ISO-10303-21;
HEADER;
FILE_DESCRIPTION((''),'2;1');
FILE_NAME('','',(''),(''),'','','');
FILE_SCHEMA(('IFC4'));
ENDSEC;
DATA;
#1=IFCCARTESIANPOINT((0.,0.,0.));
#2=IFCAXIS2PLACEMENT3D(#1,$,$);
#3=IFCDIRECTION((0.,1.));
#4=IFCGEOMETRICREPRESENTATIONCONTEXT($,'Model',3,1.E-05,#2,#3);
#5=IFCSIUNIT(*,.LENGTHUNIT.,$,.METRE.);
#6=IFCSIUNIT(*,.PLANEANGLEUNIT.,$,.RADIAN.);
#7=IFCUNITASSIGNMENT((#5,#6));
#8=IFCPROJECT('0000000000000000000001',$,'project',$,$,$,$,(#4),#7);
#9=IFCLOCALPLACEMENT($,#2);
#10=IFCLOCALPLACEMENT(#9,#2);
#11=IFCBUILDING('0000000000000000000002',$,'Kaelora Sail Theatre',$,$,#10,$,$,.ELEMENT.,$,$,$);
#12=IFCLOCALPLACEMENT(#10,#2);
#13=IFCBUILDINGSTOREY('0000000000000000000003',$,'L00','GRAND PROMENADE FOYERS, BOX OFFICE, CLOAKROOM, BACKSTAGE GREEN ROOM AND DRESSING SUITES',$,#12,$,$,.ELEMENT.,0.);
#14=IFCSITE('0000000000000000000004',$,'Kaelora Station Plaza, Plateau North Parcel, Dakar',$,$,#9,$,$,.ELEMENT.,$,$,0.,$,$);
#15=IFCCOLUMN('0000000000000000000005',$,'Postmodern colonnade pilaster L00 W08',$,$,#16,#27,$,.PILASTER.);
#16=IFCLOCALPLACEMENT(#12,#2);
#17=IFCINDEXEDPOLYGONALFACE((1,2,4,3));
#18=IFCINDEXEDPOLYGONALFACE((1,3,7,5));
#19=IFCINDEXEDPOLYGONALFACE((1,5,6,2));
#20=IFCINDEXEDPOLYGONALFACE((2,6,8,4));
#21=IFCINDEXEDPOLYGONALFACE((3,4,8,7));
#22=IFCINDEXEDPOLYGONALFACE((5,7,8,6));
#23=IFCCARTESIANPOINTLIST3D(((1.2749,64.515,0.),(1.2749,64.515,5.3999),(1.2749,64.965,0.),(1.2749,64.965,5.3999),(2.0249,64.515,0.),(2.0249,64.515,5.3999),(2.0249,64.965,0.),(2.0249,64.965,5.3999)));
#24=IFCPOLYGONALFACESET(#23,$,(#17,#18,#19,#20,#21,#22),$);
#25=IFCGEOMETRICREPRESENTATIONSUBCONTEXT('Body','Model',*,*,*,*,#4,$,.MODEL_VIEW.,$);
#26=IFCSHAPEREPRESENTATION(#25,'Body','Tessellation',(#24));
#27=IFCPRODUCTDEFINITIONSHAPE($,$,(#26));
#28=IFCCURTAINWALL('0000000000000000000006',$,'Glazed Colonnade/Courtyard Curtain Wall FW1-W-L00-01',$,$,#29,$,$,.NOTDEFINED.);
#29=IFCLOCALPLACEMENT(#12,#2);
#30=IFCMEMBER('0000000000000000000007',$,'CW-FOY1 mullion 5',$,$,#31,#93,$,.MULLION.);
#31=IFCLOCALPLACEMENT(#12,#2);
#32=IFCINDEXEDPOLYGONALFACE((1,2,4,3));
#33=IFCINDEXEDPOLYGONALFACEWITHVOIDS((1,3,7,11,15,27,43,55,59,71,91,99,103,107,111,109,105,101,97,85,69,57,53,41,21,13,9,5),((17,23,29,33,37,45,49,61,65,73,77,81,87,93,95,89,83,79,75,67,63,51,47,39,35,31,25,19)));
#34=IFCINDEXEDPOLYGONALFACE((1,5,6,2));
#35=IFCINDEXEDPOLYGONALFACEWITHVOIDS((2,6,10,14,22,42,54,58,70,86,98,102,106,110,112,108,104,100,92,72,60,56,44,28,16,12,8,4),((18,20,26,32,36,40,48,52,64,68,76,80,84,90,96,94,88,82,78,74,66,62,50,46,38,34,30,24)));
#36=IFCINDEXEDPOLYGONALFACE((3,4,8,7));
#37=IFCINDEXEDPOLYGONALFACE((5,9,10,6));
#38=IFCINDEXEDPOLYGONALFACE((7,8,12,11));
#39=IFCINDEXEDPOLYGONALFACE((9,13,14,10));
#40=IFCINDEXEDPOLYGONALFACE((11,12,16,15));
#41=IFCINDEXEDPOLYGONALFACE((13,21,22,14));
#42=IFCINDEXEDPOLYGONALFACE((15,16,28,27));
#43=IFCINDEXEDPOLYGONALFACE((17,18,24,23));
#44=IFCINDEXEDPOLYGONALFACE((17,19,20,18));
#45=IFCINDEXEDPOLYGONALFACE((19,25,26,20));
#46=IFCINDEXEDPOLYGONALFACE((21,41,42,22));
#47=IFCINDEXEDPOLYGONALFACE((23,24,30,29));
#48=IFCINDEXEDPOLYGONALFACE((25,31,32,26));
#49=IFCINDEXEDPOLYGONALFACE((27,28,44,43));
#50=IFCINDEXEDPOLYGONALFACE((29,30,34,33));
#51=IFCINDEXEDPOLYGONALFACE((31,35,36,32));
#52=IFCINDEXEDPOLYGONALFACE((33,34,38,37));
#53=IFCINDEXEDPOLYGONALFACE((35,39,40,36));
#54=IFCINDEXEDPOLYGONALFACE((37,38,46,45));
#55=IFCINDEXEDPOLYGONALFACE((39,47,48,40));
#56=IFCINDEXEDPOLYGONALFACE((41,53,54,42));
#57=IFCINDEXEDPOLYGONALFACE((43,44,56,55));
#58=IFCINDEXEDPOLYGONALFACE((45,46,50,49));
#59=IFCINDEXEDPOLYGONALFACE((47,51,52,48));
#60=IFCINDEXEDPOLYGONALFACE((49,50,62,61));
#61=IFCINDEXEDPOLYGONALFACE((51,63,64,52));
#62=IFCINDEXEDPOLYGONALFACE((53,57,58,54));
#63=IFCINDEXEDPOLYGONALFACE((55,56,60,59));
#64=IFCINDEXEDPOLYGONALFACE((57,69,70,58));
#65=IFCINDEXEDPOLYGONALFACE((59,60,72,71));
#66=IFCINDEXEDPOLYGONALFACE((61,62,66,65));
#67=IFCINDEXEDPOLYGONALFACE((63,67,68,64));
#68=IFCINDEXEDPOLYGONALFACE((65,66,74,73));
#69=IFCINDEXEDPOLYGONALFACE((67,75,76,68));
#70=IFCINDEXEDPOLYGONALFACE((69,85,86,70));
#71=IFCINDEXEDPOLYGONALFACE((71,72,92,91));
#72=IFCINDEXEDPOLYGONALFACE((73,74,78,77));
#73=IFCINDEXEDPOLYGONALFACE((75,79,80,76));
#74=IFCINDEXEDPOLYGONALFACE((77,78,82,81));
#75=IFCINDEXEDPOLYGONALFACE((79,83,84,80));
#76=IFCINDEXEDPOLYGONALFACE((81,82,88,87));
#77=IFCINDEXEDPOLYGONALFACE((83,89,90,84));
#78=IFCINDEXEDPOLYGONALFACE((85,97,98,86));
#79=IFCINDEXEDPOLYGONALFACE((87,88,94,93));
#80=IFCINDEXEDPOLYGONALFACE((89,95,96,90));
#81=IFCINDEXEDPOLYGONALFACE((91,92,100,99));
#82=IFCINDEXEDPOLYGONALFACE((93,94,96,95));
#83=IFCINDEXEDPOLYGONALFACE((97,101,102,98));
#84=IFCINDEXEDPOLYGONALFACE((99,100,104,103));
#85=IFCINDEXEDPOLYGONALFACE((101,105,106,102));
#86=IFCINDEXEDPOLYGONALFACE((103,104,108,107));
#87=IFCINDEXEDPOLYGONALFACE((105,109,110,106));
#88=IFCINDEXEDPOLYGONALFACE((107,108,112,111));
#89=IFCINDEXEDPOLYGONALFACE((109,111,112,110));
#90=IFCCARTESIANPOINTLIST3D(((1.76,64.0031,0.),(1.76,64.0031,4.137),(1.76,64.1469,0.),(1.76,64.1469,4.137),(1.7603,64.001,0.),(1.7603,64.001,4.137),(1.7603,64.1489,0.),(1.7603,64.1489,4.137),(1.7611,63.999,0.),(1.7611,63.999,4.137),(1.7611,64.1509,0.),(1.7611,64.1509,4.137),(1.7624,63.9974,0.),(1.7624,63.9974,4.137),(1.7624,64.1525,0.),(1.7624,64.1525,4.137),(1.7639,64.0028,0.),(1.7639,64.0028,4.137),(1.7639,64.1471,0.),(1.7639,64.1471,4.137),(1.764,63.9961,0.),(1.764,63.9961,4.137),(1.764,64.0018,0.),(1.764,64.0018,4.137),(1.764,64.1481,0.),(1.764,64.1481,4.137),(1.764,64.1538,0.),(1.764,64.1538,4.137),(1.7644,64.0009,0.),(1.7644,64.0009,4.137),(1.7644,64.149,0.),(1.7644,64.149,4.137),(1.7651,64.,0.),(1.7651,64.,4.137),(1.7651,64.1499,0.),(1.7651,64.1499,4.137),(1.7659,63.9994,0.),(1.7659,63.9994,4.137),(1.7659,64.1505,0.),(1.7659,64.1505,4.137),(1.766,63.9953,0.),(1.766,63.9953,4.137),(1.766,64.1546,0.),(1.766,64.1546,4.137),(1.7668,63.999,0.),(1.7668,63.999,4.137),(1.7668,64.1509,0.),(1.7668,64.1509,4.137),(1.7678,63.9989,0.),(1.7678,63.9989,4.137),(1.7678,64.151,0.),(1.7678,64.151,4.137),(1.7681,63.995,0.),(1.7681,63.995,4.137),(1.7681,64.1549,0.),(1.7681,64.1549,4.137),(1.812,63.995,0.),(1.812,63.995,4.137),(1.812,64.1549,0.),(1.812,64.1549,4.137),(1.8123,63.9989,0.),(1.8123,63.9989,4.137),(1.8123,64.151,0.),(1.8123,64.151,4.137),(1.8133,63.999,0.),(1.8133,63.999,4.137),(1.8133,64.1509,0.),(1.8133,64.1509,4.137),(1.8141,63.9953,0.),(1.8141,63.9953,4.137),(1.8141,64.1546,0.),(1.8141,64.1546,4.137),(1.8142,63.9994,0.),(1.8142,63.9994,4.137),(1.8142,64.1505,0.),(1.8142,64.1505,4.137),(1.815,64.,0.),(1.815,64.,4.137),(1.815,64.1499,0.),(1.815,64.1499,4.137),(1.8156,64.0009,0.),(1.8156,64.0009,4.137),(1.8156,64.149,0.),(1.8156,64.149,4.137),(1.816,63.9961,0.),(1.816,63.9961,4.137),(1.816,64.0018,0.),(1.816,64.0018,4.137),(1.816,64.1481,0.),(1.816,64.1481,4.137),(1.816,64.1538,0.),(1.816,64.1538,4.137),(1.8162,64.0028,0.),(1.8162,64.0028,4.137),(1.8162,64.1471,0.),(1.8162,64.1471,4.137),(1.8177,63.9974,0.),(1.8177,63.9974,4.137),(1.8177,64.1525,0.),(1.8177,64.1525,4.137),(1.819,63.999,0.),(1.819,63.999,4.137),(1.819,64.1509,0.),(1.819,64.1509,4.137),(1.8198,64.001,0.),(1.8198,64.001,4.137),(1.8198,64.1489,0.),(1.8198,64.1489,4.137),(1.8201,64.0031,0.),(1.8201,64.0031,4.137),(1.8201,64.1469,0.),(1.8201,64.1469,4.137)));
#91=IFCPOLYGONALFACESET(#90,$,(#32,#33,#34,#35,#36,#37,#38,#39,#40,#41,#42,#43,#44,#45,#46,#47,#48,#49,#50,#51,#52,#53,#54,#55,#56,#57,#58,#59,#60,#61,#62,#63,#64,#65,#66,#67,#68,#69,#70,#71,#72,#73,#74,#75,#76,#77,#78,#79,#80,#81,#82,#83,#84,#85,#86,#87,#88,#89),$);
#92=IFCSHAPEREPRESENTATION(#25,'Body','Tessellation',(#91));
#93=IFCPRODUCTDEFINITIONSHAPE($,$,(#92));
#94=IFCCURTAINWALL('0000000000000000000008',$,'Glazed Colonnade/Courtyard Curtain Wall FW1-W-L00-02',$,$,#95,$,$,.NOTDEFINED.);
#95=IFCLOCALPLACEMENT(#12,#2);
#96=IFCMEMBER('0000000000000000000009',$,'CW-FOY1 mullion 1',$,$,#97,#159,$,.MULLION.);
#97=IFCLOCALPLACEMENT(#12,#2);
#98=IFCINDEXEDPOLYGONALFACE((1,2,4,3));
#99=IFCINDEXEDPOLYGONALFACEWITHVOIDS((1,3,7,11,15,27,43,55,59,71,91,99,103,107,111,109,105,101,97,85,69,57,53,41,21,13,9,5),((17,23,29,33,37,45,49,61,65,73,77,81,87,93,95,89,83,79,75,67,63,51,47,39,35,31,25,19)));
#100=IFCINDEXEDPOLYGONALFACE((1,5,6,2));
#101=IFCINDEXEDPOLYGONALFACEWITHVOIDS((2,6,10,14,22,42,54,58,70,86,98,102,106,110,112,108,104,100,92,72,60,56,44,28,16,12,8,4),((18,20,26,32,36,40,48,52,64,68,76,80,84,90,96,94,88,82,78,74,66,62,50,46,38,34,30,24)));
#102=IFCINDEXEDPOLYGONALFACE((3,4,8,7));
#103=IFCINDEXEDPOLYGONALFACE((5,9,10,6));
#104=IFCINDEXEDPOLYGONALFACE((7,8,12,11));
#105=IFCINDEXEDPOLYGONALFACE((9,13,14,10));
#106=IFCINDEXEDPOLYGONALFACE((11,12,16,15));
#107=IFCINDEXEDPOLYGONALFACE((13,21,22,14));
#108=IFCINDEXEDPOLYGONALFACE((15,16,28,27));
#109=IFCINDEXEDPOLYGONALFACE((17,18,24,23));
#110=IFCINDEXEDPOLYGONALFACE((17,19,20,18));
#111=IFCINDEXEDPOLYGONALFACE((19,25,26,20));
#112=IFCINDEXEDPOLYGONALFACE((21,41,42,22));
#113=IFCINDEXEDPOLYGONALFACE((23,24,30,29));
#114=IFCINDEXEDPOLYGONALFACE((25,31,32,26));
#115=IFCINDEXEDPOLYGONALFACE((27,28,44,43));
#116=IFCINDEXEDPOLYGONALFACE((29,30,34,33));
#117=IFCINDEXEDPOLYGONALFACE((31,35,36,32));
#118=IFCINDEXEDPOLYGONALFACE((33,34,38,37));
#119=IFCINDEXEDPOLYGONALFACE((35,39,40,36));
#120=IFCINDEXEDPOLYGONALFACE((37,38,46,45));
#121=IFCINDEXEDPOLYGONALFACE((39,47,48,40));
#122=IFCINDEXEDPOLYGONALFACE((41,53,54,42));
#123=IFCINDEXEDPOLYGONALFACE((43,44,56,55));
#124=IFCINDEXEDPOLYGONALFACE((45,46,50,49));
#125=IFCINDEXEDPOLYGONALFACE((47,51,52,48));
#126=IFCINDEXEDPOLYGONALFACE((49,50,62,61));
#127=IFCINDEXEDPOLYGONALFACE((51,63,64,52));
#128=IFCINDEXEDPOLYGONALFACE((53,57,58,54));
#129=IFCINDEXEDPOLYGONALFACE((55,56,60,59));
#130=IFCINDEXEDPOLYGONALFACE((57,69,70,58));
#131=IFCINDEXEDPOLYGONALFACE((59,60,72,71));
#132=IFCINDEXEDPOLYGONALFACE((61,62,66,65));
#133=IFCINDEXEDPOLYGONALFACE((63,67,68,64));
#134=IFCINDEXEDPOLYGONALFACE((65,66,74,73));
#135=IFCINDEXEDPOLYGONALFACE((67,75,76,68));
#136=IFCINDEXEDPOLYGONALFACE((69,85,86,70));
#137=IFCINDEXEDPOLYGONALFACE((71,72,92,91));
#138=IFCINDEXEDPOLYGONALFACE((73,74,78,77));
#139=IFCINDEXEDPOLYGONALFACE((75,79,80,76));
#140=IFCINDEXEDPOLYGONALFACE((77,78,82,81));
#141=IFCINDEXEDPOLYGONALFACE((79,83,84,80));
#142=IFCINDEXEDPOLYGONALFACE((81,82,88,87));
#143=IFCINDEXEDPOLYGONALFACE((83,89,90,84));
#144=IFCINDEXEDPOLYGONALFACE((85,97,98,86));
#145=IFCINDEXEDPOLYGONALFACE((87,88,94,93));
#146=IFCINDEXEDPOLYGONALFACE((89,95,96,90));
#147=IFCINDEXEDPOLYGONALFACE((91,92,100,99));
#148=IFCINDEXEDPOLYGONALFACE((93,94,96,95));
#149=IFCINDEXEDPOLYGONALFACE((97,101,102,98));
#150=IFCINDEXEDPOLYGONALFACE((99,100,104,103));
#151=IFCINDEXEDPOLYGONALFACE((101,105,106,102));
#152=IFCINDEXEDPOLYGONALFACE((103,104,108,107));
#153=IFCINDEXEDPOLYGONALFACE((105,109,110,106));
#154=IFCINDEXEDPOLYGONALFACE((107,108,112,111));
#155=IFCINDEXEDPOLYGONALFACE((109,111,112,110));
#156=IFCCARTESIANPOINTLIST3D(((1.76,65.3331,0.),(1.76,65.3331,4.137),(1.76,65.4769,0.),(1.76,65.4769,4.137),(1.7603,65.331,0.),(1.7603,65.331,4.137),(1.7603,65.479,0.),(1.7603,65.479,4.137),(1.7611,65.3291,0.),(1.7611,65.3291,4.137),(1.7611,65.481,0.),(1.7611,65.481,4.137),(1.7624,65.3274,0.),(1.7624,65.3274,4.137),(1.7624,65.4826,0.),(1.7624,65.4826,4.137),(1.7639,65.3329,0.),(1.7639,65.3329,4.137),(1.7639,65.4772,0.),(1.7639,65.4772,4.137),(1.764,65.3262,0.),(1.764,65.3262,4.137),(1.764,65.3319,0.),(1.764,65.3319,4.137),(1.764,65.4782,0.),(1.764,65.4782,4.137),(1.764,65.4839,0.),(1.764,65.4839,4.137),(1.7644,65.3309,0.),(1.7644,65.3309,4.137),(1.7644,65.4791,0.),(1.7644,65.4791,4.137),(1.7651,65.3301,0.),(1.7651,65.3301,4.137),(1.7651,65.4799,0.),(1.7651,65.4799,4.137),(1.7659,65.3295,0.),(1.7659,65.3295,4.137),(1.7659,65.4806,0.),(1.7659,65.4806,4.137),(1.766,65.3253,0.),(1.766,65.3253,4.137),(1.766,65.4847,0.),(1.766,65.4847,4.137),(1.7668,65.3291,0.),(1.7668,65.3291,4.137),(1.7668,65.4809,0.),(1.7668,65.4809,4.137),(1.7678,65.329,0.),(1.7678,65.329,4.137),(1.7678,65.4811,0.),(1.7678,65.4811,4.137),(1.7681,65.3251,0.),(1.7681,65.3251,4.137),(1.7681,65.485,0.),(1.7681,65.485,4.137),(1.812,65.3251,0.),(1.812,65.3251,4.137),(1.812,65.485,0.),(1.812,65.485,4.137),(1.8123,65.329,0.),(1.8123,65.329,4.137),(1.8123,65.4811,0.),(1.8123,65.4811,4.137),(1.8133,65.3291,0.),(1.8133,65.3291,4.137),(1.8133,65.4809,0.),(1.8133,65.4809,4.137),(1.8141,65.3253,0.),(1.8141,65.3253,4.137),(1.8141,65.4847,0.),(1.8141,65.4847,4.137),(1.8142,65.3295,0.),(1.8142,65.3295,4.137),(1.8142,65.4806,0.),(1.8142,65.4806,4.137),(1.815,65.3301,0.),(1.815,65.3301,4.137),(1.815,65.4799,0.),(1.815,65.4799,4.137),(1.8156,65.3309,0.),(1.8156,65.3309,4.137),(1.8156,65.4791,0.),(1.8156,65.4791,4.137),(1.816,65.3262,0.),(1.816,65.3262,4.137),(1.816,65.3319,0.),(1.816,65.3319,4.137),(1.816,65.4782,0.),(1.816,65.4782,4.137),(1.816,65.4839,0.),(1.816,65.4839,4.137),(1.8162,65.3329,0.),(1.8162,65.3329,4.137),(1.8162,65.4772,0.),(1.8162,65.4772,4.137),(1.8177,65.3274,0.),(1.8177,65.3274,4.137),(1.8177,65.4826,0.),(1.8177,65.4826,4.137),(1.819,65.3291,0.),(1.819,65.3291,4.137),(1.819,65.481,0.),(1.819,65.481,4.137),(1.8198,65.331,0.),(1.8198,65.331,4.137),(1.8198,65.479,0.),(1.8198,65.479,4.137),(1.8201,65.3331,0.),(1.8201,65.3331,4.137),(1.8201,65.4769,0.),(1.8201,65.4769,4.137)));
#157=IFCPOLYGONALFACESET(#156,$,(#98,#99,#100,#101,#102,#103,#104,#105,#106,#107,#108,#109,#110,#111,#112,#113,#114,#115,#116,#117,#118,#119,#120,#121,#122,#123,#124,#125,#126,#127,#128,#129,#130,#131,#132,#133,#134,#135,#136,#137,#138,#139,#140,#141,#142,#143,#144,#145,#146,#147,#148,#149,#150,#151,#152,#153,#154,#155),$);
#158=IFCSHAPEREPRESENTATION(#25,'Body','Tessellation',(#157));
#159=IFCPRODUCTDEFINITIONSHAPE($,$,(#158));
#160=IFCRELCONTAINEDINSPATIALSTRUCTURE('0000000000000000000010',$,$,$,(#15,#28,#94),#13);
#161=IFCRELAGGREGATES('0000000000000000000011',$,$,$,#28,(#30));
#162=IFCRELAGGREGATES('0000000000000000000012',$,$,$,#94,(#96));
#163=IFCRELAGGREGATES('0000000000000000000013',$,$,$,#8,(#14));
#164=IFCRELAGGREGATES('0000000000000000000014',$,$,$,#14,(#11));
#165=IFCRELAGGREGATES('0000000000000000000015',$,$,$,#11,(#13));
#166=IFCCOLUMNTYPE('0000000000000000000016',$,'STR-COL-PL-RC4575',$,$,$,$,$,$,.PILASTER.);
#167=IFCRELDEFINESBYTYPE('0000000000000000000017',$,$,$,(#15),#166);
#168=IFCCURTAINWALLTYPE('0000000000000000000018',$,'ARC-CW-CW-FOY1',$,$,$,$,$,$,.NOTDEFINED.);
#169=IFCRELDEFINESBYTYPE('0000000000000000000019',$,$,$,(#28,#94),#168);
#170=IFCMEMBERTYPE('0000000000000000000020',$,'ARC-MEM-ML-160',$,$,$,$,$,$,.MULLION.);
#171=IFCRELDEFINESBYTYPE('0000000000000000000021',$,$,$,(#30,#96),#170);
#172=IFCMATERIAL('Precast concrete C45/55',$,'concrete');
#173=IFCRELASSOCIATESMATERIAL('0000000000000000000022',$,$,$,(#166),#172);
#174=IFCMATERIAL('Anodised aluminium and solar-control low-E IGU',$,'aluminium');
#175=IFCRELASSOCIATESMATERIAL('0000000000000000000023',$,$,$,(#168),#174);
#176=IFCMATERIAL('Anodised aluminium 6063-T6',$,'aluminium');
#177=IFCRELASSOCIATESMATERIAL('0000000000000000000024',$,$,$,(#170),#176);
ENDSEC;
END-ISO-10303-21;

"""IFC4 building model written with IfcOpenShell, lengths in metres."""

from ifc_helpers import new_model, si_unit, direction, frame, origin, origin_2d, place, context, subcontext, project, spatial, rectangle, hollow_rectangle, extrude, material, material_profile, profile_set, type_object, element, aggregate, save


model = new_model("IFC4")

# Units and contexts
model_context = context("Model", 3, precision=1e-05, world=origin(), true_north=direction((0.0, 1.0)))
body_context = subcontext(model_context, "Body", "Model", "MODEL_VIEW")
ifc_project = project(units=[si_unit("LENGTHUNIT", "METRE"), si_unit("PLANEANGLEUNIT", "RADIAN")], contexts=[model_context])

# Site, building, storey
site_placement = place(None, origin())
site = spatial("IfcSite", under=ifc_project, at=site_placement, Name="Kaelora Station Plaza, Plateau North Parcel, Dakar", CompositionType="ELEMENT", RefElevation=0.0)
building_placement = place(site_placement, origin())
building = spatial("IfcBuilding", under=site, at=building_placement, Name="Kaelora Sail Theatre", CompositionType="ELEMENT")
storey_placement = place(building_placement, origin())
storey = spatial("IfcBuildingStorey", under=building, at=storey_placement, Name="L00", Description="GRAND PROMENADE FOYERS, BOX OFFICE, CLOAKROOM, BACKSTAGE GREEN ROOM AND DRESSING SUITES", CompositionType="ELEMENT", Elevation=0.0)

# Column
ifc_material_1 = material(Name="Precast concrete C45/55", Category="concrete")
ifc_material_profile_1 = material_profile(ifc_material_1, rectangle(XDim=0.45, YDim=0.75, at=origin_2d()), Name="RC-PIL 450x750")
ifc_profile_set_1 = profile_set([ifc_material_profile_1], Name="Precast concrete C45/55")
column_type = type_object("IfcColumnType", Name="STR-COL-PL-RC4575", PredefinedType="PILASTER", material=ifc_profile_set_1)
column_placement = place(storey_placement, frame((1.6499, 64.74, 0.0), z_axis=(0.0, 0.0, 1.0), x_axis=(0.0, 1.0, 0.0)))
element("IfcColumn", 1, at=column_placement, inside=storey, type_object=column_type, Name="Postmodern colonnade pilaster L00 W08", PredefinedType="PILASTER", context=body_context, shape_type="SweptSolid", body=[
    extrude(rectangle(XDim=0.45, YDim=0.75, at=origin_2d()), origin(), (0.0, 0.0, 1.0), 5.3999),
])

# Curtain wall, member
ifc_material_2 = material(Name="Anodised aluminium and solar-control low-E IGU", Category="aluminium")
curtain_wall_type = type_object("IfcCurtainWallType", Name="ARC-CW-CW-FOY1", PredefinedType="NOTDEFINED", material=ifc_material_2)
curtain_wall_1_placement = place(storey_placement, origin())
curtain_wall_1 = element("IfcCurtainWall", 2, at=curtain_wall_1_placement, inside=storey, type_object=curtain_wall_type, Name="Glazed Colonnade/Courtyard Curtain Wall FW1-W-L00-01", PredefinedType="NOTDEFINED")
ifc_material_3 = material(Name="Anodised aluminium 6063-T6", Category="aluminium")
ifc_material_profile_2 = material_profile(ifc_material_3, hollow_rectangle(XDim=0.0601, YDim=0.1599, WallThickness=0.0039, InnerFilletRadius=0.0039, OuterFilletRadius=0.0081, at=origin_2d()), Name="ALU-MULL 60x160x4")
ifc_profile_set_2 = profile_set([ifc_material_profile_2], Name="Anodised aluminium 6063-T6")
member_type_1 = type_object("IfcMemberType", Name="ARC-MEM-ML-160", PredefinedType="MULLION", material=ifc_profile_set_2)
member_1_placement = place(storey_placement, frame((1.79, 64.075, 0.0), z_axis=(0.0, 0.0, 1.0), x_axis=(-1.0, 0.0, 0.0)))
member_1 = element("IfcMember", 3, at=member_1_placement, type_object=member_type_1, Name="CW-FOY1 mullion 5", PredefinedType="MULLION", context=body_context, shape_type="SweptSolid", body=[
    extrude(hollow_rectangle(XDim=0.0601, YDim=0.1599, WallThickness=0.0039, InnerFilletRadius=0.0039, OuterFilletRadius=0.0081, at=origin_2d()), origin(), (0.0, 0.0, 1.0), 4.137),
])

# Curtain wall, member
curtain_wall_2_placement = place(storey_placement, origin())
curtain_wall_2 = element("IfcCurtainWall", 4, at=curtain_wall_2_placement, inside=storey, type_object=curtain_wall_type, Name="Glazed Colonnade/Courtyard Curtain Wall FW1-W-L00-02", PredefinedType="NOTDEFINED")
member_2_placement = place(storey_placement, frame((1.79, 65.405, 0.0), z_axis=(0.0, 0.0, 1.0), x_axis=(-1.0, 0.0, 0.0)))
member_2 = element("IfcMember", 5, at=member_2_placement, type_object=member_type_1, Name="CW-FOY1 mullion 1", PredefinedType="MULLION", context=body_context, shape_type="SweptSolid", body=[
    extrude(hollow_rectangle(XDim=0.0601, YDim=0.1599, WallThickness=0.0039, InnerFilletRadius=0.0039, OuterFilletRadius=0.0081, at=origin_2d()), origin(), (0.0, 0.0, 1.0), 4.137),
])

aggregate(curtain_wall_1, [member_1])
aggregate(curtain_wall_2, [member_2])

save(model, "model.ifc")
